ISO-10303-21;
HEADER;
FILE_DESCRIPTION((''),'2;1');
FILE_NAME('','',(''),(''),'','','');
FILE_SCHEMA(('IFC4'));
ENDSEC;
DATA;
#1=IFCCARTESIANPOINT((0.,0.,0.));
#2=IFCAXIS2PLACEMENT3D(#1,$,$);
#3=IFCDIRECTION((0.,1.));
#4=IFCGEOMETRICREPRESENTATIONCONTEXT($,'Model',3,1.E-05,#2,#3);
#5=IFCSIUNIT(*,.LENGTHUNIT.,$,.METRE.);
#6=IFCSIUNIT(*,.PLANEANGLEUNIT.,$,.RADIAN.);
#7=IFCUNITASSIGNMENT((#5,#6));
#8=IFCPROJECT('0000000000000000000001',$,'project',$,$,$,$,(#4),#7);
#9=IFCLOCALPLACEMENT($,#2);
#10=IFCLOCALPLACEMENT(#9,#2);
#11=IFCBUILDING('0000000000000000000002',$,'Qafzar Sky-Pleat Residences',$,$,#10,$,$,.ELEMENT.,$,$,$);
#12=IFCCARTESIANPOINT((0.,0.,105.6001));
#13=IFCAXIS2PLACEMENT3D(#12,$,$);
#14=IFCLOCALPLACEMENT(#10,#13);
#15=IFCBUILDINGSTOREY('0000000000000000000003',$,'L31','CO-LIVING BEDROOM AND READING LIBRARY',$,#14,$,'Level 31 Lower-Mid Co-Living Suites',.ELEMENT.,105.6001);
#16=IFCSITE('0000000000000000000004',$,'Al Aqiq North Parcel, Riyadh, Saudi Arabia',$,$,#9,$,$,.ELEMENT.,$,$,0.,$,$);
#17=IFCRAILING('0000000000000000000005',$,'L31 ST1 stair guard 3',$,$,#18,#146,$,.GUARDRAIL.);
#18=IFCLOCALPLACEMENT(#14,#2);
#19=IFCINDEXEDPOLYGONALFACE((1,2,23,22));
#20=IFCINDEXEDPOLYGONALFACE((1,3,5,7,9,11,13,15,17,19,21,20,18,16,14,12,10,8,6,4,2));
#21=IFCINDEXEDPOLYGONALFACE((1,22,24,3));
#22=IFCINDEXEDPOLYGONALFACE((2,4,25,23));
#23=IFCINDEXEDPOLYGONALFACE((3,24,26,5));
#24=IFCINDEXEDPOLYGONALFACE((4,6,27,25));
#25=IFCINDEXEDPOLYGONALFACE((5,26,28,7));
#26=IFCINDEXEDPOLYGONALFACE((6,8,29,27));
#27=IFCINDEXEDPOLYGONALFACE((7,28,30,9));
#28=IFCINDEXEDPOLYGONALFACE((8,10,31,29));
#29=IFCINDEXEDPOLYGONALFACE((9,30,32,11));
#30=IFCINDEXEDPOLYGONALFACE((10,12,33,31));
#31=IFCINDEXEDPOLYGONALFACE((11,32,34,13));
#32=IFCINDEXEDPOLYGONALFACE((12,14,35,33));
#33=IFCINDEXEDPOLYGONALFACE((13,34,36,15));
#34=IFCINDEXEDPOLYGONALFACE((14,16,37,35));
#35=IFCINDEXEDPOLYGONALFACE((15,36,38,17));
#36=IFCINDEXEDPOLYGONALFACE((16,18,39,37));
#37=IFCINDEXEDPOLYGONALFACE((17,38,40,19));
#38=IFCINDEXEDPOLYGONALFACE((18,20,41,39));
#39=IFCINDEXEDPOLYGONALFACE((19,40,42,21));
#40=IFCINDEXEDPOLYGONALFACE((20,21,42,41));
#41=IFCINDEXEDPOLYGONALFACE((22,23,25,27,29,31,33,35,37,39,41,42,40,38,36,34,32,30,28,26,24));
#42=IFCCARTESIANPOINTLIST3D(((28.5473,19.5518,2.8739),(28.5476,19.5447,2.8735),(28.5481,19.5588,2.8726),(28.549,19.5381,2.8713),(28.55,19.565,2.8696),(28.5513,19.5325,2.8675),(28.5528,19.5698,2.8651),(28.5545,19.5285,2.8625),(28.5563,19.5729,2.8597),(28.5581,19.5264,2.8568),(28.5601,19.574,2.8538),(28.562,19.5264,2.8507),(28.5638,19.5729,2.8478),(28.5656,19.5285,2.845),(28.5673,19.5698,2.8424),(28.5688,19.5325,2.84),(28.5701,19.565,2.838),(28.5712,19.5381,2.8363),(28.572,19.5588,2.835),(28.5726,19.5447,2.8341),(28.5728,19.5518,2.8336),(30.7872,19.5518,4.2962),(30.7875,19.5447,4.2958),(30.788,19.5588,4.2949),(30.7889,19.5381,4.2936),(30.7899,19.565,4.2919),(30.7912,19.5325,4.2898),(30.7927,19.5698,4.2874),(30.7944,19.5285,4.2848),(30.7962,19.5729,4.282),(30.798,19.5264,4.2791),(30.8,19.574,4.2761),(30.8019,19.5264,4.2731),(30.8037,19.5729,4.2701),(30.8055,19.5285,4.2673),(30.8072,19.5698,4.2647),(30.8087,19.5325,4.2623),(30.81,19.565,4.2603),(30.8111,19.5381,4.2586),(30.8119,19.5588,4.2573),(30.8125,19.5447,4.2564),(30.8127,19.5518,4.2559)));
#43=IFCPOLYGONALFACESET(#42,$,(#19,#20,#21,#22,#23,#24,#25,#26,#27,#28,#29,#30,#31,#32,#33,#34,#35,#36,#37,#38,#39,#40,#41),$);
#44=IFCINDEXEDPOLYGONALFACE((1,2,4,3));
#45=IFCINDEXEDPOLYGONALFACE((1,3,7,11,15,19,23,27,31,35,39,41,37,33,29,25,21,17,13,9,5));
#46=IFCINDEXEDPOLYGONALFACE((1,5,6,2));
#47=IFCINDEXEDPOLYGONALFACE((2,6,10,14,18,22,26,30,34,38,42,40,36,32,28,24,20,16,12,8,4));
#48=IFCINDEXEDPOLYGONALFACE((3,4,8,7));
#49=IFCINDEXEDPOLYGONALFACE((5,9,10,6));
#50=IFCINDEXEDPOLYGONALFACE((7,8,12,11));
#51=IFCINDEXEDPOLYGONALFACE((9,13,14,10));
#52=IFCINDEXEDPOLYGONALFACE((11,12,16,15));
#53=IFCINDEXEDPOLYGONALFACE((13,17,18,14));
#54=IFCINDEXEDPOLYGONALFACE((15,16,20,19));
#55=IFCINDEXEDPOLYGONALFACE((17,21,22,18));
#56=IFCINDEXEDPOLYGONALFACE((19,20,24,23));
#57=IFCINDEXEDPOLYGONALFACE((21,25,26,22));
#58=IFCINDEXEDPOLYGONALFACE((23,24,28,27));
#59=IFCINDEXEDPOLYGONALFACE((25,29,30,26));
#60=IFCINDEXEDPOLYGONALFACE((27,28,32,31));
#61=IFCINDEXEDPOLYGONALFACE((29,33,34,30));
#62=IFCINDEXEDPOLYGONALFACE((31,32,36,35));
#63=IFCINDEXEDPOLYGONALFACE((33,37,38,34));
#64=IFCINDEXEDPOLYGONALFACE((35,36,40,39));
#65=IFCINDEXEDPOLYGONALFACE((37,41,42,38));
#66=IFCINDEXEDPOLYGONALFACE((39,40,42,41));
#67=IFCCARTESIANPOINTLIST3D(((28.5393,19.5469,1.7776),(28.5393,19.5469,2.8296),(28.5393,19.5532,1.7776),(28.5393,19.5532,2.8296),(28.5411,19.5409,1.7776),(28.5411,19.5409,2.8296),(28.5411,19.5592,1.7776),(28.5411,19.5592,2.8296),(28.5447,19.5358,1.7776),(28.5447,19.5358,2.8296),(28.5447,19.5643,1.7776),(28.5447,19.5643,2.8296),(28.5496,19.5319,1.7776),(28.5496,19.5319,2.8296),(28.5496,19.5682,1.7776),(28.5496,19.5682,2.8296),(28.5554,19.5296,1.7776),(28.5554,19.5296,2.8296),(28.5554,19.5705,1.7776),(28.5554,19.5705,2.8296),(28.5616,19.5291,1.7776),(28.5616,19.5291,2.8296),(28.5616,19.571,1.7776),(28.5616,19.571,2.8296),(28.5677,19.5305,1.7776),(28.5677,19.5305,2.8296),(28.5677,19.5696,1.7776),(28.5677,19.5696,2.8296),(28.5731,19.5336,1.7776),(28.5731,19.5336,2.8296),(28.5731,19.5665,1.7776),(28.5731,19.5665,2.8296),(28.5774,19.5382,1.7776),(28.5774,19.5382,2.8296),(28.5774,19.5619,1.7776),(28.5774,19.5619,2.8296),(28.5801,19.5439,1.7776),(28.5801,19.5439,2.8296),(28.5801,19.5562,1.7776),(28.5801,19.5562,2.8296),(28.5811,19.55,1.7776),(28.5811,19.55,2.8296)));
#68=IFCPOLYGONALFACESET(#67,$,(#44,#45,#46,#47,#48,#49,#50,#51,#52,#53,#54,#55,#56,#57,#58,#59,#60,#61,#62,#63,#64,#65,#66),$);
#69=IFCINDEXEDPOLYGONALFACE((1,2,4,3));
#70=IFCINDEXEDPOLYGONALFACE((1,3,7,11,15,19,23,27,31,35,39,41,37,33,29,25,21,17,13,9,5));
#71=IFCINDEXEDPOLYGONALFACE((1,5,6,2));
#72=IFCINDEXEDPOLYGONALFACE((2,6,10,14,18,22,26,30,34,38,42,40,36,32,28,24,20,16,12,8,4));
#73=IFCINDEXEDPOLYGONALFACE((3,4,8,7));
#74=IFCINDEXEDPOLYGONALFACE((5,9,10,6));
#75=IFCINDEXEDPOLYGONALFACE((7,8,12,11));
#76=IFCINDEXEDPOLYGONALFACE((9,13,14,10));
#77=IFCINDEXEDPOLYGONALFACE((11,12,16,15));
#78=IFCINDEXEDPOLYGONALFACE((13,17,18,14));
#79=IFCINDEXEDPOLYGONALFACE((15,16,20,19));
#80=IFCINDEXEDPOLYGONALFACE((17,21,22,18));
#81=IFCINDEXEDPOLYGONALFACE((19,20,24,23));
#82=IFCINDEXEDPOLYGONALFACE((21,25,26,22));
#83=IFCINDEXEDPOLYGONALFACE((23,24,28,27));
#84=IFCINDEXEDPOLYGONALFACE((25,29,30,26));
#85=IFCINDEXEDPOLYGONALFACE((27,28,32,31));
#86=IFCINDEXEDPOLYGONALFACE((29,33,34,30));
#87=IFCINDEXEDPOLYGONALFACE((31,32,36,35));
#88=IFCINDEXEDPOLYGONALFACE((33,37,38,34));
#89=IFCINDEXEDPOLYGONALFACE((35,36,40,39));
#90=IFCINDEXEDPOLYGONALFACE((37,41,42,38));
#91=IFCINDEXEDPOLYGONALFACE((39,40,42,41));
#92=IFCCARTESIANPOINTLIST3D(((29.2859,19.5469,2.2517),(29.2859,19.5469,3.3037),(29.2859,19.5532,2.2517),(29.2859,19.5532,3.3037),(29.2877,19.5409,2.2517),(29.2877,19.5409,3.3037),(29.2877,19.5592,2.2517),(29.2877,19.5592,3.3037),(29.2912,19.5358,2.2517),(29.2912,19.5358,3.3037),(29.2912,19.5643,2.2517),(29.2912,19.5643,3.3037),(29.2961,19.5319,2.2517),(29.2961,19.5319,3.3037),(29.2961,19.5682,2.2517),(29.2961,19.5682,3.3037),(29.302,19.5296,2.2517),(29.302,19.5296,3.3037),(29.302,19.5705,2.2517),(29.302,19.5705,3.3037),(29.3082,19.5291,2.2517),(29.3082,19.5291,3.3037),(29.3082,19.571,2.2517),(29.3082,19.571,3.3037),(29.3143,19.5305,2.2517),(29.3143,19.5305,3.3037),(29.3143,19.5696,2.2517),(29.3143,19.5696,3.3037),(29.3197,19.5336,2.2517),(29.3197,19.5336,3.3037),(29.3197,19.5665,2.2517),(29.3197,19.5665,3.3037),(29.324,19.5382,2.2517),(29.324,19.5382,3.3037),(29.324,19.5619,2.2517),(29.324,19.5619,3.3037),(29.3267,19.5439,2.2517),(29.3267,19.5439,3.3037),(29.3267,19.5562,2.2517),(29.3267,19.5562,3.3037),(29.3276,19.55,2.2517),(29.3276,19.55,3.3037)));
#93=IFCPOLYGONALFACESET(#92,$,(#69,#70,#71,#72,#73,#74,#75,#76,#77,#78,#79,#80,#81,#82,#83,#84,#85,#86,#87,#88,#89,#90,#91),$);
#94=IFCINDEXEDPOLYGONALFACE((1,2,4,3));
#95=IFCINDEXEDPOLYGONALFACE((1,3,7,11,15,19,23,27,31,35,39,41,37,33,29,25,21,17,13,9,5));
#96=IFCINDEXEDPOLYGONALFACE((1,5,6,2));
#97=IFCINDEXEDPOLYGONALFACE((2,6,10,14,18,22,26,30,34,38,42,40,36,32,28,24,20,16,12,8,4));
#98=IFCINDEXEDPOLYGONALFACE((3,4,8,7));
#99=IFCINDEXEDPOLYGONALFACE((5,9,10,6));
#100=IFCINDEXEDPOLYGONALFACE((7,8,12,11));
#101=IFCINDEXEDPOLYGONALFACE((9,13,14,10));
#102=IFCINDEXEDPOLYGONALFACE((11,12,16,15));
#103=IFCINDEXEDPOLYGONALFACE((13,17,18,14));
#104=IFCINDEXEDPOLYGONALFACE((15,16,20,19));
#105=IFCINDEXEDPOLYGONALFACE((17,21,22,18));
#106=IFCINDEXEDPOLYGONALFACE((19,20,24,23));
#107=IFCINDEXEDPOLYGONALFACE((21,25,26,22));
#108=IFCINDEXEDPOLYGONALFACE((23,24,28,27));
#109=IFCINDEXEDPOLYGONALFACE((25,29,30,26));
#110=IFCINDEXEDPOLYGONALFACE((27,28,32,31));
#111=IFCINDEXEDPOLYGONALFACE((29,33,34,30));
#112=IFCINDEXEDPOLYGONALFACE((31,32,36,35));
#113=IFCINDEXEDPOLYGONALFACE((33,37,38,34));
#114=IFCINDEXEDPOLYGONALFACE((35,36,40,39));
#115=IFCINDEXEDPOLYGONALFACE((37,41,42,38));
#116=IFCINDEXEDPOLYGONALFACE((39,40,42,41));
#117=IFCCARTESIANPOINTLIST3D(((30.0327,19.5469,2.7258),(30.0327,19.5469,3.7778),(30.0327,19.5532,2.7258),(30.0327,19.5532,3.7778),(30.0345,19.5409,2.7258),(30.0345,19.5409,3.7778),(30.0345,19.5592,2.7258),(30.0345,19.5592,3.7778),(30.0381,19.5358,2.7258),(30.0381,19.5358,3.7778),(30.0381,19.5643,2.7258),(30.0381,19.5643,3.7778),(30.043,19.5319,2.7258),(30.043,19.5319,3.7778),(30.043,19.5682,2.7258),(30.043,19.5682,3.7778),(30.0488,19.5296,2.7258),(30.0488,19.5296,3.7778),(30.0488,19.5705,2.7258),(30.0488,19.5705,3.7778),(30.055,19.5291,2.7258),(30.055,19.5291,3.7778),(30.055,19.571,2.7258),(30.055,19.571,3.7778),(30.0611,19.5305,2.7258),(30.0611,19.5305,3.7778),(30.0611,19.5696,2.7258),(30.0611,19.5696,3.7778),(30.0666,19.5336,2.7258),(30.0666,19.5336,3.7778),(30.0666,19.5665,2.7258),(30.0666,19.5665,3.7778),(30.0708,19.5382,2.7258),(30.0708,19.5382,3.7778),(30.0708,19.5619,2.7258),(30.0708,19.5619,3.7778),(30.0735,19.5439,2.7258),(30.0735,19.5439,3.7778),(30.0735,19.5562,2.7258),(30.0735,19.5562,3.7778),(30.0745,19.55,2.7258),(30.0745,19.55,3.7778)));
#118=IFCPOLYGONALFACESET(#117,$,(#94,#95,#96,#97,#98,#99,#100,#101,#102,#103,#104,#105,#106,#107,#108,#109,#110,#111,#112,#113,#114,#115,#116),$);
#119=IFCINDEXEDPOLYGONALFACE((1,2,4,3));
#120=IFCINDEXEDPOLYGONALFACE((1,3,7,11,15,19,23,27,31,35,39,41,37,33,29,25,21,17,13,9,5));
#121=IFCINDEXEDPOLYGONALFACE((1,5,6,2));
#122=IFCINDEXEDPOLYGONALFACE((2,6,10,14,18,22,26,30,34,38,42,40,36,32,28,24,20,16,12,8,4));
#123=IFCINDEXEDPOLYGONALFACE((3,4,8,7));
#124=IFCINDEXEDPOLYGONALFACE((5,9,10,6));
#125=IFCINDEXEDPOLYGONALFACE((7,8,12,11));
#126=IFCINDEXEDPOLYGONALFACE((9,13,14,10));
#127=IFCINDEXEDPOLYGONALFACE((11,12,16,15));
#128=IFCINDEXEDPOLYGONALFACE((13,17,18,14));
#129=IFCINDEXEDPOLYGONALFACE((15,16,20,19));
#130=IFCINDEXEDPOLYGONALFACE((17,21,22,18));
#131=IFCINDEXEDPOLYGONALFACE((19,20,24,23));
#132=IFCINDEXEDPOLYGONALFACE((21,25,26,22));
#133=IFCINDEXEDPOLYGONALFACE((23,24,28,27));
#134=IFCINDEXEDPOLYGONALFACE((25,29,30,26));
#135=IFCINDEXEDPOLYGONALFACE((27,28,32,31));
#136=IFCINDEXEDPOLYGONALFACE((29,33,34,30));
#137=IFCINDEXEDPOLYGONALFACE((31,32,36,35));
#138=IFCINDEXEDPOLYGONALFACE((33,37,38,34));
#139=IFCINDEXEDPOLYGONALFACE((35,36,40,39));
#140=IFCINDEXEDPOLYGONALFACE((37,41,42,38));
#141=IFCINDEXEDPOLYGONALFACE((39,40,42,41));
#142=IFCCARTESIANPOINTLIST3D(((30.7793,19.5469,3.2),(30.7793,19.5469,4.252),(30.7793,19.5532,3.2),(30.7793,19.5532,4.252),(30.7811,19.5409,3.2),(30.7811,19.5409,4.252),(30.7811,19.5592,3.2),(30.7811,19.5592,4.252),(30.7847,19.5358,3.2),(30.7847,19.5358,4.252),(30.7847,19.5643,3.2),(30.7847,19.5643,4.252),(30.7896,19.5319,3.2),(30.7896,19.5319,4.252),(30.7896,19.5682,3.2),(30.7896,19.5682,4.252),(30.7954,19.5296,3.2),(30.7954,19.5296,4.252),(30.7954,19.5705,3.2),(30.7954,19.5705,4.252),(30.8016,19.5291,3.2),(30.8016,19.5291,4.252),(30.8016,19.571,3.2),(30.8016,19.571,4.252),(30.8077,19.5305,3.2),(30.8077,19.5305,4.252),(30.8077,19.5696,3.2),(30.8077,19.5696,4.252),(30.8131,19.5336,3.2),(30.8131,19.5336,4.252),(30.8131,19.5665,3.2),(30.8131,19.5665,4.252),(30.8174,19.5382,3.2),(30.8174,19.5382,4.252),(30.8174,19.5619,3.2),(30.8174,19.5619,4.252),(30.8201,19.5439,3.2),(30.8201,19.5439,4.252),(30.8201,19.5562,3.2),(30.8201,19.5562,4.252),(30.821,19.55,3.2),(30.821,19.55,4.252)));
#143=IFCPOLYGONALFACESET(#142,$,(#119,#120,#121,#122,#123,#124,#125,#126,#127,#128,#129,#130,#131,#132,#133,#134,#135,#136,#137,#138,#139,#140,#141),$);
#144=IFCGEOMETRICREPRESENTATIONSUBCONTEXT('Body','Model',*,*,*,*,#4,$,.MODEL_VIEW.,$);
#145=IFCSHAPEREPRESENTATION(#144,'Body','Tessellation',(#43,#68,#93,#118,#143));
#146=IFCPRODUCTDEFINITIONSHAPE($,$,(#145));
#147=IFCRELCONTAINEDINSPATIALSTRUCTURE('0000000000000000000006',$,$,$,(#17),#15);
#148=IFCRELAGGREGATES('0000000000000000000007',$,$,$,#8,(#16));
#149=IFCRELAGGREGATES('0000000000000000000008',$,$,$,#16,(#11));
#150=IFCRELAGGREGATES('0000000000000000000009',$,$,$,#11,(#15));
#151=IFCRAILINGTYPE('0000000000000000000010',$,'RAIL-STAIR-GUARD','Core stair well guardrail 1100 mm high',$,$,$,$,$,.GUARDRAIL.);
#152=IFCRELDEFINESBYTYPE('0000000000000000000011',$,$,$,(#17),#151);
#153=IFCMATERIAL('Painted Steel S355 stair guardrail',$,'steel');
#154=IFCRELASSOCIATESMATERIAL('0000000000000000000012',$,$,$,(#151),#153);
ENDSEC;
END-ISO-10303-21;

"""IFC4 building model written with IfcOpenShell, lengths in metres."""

from ifc_helpers import new_model, si_unit, direction, frame, origin, origin_2d, place, context, subcontext, project, spatial, circle, extrude, source, transform, mapped, material, type_object, element, save


model = new_model("IFC4")

# Units and contexts
model_context = context("Model", 3, precision=1e-05, world=origin(), true_north=direction((0.0, 1.0)))
body_context = subcontext(model_context, "Body", "Model", "MODEL_VIEW")
ifc_project = project(units=[si_unit("LENGTHUNIT", "METRE"), si_unit("PLANEANGLEUNIT", "RADIAN")], contexts=[model_context])

# Site, building, storey
site_placement = place(None, origin())
site = spatial("IfcSite", under=ifc_project, at=site_placement, Name="Al Aqiq North Parcel, Riyadh, Saudi Arabia", CompositionType="ELEMENT", RefElevation=0.0)
building_placement = place(site_placement, origin())
building = spatial("IfcBuilding", under=site, at=building_placement, Name="Qafzar Sky-Pleat Residences", CompositionType="ELEMENT")
storey_placement = place(building_placement, frame((0.0, 0.0, 105.6001)))
storey = spatial("IfcBuildingStorey", under=building, at=storey_placement, Name="L31", Description="CO-LIVING BEDROOM AND READING LIBRARY", LongName="Level 31 Lower-Mid Co-Living Suites", CompositionType="ELEMENT", Elevation=105.6001)

# Railing
ifc_material_1 = material(Name="Painted Steel S355 stair guardrail", Category="steel")
railing_type_1 = type_object("IfcRailingType", Name="RAIL-STAIR-GUARD", Description="Core stair well guardrail 1100 mm high", PredefinedType="GUARDRAIL", material=ifc_material_1)
shared_shape_1 = source(origin(), body_context, "Body", "SweptSolid", [
    extrude(circle(Radius=0.0239, at=origin_2d()), frame((0.0, 0.0, 1.0762), z_axis=(0.844188, 0.0, 0.536048), x_axis=(0.0, 1.0, 0.0)), (0.0, 0.0, 1.0), 2.6533),
    extrude(circle(Radius=0.021, at=origin_2d()), origin(), (0.0, 0.0, 1.0), 1.052),
    extrude(circle(Radius=0.021, at=origin_2d()), frame((0.7466, 0.0, 0.4741)), (0.0, 0.0, 1.0), 1.052),
    extrude(circle(Radius=0.021, at=origin_2d()), frame((1.4934, 0.0, 0.9482)), (0.0, 0.0, 1.0), 1.052),
    extrude(circle(Radius=0.021, at=origin_2d()), frame((2.24, 0.0, 1.4224)), (0.0, 0.0, 1.0), 1.052),
])
railing_1_placement = place(storey_placement, frame((28.5601, 19.55, 1.7776)))
element("IfcRailing", 1, at=railing_1_placement, inside=storey, type_object=railing_type_1, Name="L31 ST1 stair guard 3", PredefinedType="GUARDRAIL", context=body_context, shape_type="MappedRepresentation", body=[
    mapped(shared_shape_1, transform((0.0, 0.0, 0.0), x_axis=(1.0, 0.0, 0.0), y_axis=(0.0, 1.0, 0.0), z_axis=(0.0, 0.0, 1.0), scale=1.0)),
])

save(model, "model.ifc")
